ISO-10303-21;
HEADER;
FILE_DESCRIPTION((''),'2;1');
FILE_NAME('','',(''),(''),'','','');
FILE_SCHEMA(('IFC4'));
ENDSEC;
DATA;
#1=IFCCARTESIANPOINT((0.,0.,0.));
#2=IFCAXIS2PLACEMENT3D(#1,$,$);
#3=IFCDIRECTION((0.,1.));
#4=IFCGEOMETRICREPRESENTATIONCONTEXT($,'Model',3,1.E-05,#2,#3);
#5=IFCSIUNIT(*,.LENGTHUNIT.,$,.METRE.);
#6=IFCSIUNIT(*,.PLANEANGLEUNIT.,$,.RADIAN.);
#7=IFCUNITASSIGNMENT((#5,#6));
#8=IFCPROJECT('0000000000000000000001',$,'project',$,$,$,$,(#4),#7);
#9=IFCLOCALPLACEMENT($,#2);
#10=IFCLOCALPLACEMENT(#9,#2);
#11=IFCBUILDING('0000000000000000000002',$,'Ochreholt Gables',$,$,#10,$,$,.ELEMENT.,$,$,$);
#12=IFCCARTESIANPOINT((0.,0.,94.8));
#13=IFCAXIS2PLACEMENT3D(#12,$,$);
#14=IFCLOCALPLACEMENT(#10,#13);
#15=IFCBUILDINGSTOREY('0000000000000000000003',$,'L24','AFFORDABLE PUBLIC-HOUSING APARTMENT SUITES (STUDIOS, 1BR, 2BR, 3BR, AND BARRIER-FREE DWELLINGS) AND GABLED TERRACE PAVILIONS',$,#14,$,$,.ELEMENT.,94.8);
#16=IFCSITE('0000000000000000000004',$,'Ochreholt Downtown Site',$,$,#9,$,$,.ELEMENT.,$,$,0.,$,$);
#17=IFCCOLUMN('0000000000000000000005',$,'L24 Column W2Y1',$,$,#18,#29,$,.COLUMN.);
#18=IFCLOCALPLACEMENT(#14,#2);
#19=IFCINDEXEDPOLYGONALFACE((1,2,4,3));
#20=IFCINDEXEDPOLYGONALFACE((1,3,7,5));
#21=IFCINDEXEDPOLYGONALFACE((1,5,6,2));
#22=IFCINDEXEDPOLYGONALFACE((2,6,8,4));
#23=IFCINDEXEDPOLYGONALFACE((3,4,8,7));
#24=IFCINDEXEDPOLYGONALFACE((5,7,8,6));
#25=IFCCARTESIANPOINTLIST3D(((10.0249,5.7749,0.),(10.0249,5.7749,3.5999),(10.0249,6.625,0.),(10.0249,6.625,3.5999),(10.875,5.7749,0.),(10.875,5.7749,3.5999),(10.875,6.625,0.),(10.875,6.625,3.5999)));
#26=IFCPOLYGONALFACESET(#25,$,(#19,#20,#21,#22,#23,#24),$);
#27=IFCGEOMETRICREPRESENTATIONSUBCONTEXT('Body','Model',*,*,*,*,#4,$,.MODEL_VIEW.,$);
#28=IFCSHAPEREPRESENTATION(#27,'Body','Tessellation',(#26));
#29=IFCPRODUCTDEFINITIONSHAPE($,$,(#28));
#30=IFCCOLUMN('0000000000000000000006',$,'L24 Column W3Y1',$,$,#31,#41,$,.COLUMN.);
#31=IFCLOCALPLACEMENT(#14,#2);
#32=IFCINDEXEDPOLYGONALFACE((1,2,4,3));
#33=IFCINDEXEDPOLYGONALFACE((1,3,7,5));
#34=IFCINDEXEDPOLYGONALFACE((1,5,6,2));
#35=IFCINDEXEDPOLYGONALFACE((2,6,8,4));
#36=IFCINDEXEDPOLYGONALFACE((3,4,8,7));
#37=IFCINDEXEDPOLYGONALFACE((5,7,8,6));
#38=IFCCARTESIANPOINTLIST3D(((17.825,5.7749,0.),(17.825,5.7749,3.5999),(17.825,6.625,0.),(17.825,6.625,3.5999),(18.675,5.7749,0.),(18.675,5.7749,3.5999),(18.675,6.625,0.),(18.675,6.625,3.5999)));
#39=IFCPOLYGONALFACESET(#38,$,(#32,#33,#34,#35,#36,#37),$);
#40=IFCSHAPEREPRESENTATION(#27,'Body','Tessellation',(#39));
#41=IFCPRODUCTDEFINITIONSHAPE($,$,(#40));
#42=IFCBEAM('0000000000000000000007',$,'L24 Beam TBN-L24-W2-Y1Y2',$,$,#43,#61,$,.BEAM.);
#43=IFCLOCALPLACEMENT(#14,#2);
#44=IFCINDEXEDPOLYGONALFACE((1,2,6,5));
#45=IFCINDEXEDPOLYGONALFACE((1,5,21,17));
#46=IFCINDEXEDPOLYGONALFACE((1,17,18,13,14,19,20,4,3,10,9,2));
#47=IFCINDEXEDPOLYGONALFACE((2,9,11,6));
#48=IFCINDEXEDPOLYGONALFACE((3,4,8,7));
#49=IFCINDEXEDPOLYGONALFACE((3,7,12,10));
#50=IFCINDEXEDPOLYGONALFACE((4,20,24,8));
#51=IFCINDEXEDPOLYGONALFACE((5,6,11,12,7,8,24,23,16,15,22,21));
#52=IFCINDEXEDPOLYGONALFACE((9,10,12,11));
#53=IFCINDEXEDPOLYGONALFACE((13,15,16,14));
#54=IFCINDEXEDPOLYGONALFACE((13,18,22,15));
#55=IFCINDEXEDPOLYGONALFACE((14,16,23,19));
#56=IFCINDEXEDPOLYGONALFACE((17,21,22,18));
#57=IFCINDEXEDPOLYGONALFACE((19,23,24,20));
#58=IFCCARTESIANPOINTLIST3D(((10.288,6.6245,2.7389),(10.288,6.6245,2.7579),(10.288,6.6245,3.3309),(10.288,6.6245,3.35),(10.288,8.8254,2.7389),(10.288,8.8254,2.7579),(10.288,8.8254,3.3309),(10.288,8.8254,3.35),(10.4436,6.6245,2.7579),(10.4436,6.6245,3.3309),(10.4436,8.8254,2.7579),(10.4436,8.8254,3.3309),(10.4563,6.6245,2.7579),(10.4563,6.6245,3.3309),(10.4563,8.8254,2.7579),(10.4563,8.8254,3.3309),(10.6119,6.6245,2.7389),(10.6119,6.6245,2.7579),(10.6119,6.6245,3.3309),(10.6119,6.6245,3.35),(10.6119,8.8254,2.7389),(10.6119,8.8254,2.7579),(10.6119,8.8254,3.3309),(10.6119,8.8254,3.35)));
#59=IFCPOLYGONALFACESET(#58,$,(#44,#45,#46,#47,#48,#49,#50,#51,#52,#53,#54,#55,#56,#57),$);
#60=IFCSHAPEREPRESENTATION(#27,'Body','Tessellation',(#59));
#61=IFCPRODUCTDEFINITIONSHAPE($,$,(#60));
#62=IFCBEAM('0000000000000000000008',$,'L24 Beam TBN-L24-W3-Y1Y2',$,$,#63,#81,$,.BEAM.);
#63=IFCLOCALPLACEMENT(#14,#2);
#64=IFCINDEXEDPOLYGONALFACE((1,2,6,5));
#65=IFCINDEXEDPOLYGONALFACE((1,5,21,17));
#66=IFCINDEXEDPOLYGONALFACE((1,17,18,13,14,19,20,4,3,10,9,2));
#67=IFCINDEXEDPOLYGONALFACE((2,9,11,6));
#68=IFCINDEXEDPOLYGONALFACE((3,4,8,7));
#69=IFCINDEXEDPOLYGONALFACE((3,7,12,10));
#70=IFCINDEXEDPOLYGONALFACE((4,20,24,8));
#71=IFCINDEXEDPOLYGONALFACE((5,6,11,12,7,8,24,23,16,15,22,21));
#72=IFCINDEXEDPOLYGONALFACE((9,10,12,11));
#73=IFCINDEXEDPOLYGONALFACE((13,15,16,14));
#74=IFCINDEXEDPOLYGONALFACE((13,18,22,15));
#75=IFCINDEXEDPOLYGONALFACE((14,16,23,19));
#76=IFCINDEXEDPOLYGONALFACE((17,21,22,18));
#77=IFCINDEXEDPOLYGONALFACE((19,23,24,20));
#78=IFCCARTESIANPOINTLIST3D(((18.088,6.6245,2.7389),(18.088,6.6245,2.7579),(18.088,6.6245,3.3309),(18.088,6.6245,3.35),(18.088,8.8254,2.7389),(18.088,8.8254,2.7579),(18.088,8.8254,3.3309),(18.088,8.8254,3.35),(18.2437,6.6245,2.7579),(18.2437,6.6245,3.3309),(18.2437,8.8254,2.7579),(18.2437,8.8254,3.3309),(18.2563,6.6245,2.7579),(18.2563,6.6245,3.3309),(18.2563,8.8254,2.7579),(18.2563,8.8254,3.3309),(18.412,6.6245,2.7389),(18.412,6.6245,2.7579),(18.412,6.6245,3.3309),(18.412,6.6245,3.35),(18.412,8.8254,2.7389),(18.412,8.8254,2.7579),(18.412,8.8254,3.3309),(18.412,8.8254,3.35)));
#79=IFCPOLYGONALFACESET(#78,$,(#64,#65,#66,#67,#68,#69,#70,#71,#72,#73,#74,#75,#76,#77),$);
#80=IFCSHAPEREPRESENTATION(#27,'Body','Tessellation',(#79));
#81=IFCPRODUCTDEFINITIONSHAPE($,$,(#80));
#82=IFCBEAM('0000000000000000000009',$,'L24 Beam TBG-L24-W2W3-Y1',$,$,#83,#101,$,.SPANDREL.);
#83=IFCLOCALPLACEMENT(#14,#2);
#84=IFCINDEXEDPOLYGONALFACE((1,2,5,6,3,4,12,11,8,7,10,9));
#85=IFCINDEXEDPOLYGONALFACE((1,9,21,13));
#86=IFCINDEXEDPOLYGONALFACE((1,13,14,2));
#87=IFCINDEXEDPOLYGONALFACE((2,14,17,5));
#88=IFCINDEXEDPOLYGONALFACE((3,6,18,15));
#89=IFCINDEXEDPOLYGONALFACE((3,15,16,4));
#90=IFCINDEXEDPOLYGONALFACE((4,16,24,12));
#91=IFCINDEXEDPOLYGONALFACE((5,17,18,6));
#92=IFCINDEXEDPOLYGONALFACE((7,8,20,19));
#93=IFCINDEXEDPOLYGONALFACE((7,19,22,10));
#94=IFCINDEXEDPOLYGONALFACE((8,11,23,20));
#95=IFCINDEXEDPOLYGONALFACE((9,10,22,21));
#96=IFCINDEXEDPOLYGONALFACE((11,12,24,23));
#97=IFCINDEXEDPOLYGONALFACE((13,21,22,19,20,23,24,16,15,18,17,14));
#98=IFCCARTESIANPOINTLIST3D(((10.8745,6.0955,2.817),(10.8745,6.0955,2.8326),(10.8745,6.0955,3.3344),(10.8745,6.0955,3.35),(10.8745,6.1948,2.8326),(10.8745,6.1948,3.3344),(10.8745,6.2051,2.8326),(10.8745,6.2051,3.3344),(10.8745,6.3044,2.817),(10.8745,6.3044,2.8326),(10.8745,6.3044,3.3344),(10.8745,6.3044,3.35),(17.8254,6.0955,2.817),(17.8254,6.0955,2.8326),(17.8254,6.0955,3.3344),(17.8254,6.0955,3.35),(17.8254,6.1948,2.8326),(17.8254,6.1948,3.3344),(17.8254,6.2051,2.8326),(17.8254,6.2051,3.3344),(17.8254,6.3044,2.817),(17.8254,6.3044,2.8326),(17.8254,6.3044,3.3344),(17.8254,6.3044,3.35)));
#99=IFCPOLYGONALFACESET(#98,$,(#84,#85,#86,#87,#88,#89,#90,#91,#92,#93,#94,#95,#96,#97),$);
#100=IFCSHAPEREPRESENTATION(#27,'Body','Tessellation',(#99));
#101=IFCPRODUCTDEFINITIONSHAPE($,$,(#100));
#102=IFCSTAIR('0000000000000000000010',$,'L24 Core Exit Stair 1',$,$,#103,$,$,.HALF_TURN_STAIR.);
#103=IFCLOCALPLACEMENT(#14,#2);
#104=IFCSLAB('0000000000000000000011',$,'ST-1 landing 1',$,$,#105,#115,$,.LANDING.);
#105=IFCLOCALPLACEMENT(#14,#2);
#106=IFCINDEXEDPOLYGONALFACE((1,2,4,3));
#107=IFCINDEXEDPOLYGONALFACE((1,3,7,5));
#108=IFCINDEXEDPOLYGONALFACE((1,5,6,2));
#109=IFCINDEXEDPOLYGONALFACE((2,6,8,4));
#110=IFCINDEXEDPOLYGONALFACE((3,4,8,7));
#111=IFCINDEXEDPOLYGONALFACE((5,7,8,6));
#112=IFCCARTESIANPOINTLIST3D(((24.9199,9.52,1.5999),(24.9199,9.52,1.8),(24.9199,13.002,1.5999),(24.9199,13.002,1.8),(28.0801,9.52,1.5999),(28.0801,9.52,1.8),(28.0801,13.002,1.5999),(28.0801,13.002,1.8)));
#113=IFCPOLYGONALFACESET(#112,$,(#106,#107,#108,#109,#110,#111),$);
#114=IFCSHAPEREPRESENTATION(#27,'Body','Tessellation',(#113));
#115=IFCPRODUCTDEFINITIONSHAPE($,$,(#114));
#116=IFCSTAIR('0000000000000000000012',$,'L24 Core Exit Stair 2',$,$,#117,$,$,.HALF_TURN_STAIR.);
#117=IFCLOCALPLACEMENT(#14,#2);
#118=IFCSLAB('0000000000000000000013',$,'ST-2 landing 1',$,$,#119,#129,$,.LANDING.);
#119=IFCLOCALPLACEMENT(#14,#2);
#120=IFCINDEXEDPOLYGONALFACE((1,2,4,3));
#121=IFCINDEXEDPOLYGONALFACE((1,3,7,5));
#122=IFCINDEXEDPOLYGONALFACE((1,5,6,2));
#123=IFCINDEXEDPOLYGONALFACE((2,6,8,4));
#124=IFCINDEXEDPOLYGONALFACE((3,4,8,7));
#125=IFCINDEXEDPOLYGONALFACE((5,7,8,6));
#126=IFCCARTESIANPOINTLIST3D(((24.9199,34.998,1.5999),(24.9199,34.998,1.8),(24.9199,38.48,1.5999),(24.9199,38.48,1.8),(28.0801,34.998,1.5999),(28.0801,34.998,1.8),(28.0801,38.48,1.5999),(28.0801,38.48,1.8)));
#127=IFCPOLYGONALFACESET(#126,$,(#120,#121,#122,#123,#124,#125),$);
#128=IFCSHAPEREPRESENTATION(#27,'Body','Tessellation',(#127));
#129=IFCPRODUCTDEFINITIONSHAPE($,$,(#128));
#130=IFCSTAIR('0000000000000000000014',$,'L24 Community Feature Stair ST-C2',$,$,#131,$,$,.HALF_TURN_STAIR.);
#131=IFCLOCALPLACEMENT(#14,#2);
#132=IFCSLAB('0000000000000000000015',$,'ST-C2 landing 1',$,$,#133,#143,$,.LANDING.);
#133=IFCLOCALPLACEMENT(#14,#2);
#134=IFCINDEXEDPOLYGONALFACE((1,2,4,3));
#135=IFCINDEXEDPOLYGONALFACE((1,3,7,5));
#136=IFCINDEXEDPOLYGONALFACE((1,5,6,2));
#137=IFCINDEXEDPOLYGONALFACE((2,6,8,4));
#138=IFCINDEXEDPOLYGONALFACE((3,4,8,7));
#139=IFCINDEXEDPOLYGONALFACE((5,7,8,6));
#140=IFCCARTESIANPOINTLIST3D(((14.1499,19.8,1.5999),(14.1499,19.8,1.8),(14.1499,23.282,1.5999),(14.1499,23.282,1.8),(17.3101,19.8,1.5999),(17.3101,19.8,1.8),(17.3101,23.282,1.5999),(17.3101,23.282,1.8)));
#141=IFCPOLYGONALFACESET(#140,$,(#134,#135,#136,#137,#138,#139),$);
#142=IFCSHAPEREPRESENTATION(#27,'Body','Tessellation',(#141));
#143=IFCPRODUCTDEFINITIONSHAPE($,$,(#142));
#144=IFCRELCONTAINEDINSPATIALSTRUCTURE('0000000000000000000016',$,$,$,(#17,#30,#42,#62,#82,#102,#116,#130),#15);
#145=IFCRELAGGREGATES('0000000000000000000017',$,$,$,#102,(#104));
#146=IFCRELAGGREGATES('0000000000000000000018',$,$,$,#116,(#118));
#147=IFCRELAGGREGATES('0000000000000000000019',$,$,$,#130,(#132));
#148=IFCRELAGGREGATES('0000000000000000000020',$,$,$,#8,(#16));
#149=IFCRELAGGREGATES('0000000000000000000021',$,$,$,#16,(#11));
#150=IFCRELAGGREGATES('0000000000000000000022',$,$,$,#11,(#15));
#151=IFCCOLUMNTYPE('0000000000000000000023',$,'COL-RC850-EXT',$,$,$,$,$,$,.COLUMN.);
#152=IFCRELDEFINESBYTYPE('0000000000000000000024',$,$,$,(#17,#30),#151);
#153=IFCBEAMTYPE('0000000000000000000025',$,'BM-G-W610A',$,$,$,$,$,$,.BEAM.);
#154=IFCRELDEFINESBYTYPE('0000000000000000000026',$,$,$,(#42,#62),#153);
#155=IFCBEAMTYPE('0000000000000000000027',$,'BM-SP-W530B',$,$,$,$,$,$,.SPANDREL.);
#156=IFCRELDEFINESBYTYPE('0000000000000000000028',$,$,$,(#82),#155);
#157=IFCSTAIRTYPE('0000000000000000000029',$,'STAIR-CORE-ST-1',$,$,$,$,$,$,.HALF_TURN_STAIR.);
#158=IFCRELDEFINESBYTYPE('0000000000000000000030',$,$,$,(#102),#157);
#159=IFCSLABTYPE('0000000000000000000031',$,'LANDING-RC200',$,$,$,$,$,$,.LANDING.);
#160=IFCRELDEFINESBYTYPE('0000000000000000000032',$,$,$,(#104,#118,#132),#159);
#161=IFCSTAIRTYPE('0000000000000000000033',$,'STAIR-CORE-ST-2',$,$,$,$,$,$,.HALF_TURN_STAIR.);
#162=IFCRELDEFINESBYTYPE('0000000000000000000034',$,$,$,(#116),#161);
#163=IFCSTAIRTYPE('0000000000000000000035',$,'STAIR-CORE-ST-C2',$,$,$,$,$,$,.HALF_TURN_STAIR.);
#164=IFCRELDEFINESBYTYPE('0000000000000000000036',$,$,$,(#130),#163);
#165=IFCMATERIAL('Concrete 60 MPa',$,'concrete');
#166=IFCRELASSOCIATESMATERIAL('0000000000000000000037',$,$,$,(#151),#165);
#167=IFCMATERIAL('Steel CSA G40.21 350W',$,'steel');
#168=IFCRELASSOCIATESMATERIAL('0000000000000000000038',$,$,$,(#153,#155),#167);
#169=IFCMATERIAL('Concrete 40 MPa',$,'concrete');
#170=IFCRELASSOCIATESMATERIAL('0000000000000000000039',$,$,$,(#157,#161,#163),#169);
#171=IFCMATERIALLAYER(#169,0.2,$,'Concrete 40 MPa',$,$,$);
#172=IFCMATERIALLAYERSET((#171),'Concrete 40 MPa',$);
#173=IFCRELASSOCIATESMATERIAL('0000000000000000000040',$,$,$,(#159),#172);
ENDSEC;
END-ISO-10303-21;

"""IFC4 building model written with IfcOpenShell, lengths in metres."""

from ifc_helpers import new_model, si_unit, direction, frame, origin, origin_2d, place, context, subcontext, project, spatial, polyline, rectangle, i_section, outline, extrude, material, layer, layer_set, material_profile, profile_set, type_object, element, aggregate, save


model = new_model("IFC4")

# Units and contexts
model_context = context("Model", 3, precision=1e-05, world=origin(), true_north=direction((0.0, 1.0)))
body_context = subcontext(model_context, "Body", "Model", "MODEL_VIEW")
ifc_project = project(units=[si_unit("LENGTHUNIT", "METRE"), si_unit("PLANEANGLEUNIT", "RADIAN")], contexts=[model_context])

# Site, building, storey
site_placement = place(None, origin())
site = spatial("IfcSite", under=ifc_project, at=site_placement, Name="Ochreholt Downtown Site", CompositionType="ELEMENT", RefElevation=0.0)
building_placement = place(site_placement, origin())
building = spatial("IfcBuilding", under=site, at=building_placement, Name="Ochreholt Gables", CompositionType="ELEMENT")
storey_placement = place(building_placement, frame((0.0, 0.0, 94.8)))
storey = spatial("IfcBuildingStorey", under=building, at=storey_placement, Name="L24", Description="AFFORDABLE PUBLIC-HOUSING APARTMENT SUITES (STUDIOS, 1BR, 2BR, 3BR, AND BARRIER-FREE DWELLINGS) AND GABLED TERRACE PAVILIONS", CompositionType="ELEMENT", Elevation=94.8)

# Columns
ifc_material_1 = material(Name="Concrete 60 MPa", Category="concrete")
ifc_material_profile_1 = material_profile(ifc_material_1, rectangle(XDim=0.8501, YDim=0.8501, at=origin_2d()), Name="RC850X850")
ifc_profile_set_1 = profile_set([ifc_material_profile_1], Name="Concrete 60 MPa")
column_type = type_object("IfcColumnType", Name="COL-RC850-EXT", PredefinedType="COLUMN", material=ifc_profile_set_1)
for number, where, z_axis, x_axis, name in (
    (1, (10.45, 6.2, 0.0), (0.0, 0.0, 1.0), (1.0, 0.0, 0.0), "L24 Column W2Y1"),
    (2, (18.25, 6.2, 0.0), (0.0, 0.0, 1.0), (1.0, 0.0, 0.0), "L24 Column W3Y1"),
):
    element("IfcColumn", number, at=place(storey_placement, frame(where, z_axis=z_axis, x_axis=x_axis)), inside=storey, type_object=column_type, Name=name, PredefinedType="COLUMN", context=body_context, shape_type="SweptSolid", body=[
        extrude(rectangle(XDim=0.8501, YDim=0.8501, at=origin_2d()), origin(), (0.0, 0.0, 1.0), 3.5999),
    ])

# Beams
ifc_material_2 = material(Name="Steel CSA G40.21 350W", Category="steel")
ifc_material_profile_2 = material_profile(ifc_material_2, i_section(OverallWidth=0.324, OverallDepth=0.6111, WebThickness=0.0127, FlangeThickness=0.019, at=origin_2d()), Name="W610X155")
ifc_profile_set_2 = profile_set([ifc_material_profile_2], Name="Steel CSA G40.21 350W")
beam_type_1 = type_object("IfcBeamType", Name="BM-G-W610A", PredefinedType="BEAM", material=ifc_profile_set_2)
for number, where, z_axis, x_axis, name in (
    (3, (10.45, 6.6245, 3.0444), (0.0, 1.0, 0.0), (-1.0, 0.0, 0.0), "L24 Beam TBN-L24-W2-Y1Y2"),
    (4, (18.25, 6.6245, 3.0444), (0.0, 1.0, 0.0), (-1.0, 0.0, 0.0), "L24 Beam TBN-L24-W3-Y1Y2"),
):
    element("IfcBeam", number, at=place(storey_placement, frame(where, z_axis=z_axis, x_axis=x_axis)), inside=storey, type_object=beam_type_1, Name=name, PredefinedType="BEAM", context=body_context, shape_type="SweptSolid", body=[
        extrude(i_section(OverallWidth=0.324, OverallDepth=0.6111, WebThickness=0.0127, FlangeThickness=0.019, at=origin_2d()), origin(), (0.0, 0.0, 1.0), 2.2009),
    ])
ifc_material_profile_3 = material_profile(ifc_material_2, i_section(OverallWidth=0.209, OverallDepth=0.533, WebThickness=0.0103, FlangeThickness=0.0156, at=origin_2d()), Name="W530X92")
ifc_profile_set_3 = profile_set([ifc_material_profile_3], Name="Steel CSA G40.21 350W")
beam_type_2 = type_object("IfcBeamType", Name="BM-SP-W530B", PredefinedType="SPANDREL", material=ifc_profile_set_3)
beam_placement = place(storey_placement, frame((10.8745, 6.2, 3.0835), z_axis=(1.0, 0.0, 0.0), x_axis=(0.0, 1.0, 0.0)))
element("IfcBeam", 5, at=beam_placement, inside=storey, type_object=beam_type_2, Name="L24 Beam TBG-L24-W2W3-Y1", PredefinedType="SPANDREL", context=body_context, shape_type="SweptSolid", body=[
    extrude(i_section(OverallWidth=0.209, OverallDepth=0.533, WebThickness=0.0103, FlangeThickness=0.0156, at=origin_2d()), origin(), (0.0, 0.0, 1.0), 6.9509),
])

# Stairs, slabs
ifc_material_3 = material(Name="Concrete 40 MPa", Category="concrete")
stair_type_1 = type_object("IfcStairType", Name="STAIR-CORE-ST-1", PredefinedType="HALF_TURN_STAIR", material=ifc_material_3)
stair_1_placement = place(storey_placement, origin())
stair_1 = element("IfcStair", 6, at=stair_1_placement, inside=storey, type_object=stair_type_1, Name="L24 Core Exit Stair 1", PredefinedType="HALF_TURN_STAIR")
ifc_layer_1 = layer(ifc_material_3, 0.2, Name="Concrete 40 MPa")
ifc_layer_set_1 = layer_set([ifc_layer_1], Name="Concrete 40 MPa")
slab_type_1 = type_object("IfcSlabType", Name="LANDING-RC200", PredefinedType="LANDING", material=ifc_layer_set_1)
slab_1_placement = place(storey_placement, frame((0.0, 0.0, 1.5999)))
slab_1 = element("IfcSlab", 7, at=slab_1_placement, type_object=slab_type_1, Name="ST-1 landing 1", PredefinedType="LANDING", context=body_context, shape_type="SweptSolid", body=[
    extrude(outline(polyline([(24.9199, 13.002), (24.9199, 9.52), (28.0801, 9.52), (28.0801, 13.002), (24.9199, 13.002)])), origin(), (0.0, 0.0, 1.0), 0.2002),
])
aggregate(stair_1, [slab_1])
stair_type_2 = type_object("IfcStairType", Name="STAIR-CORE-ST-2", PredefinedType="HALF_TURN_STAIR", material=ifc_material_3)
stair_2_placement = place(storey_placement, origin())
stair_2 = element("IfcStair", 8, at=stair_2_placement, inside=storey, type_object=stair_type_2, Name="L24 Core Exit Stair 2", PredefinedType="HALF_TURN_STAIR")
slab_2_placement = place(storey_placement, frame((0.0, 0.0, 1.5999)))
slab_2 = element("IfcSlab", 9, at=slab_2_placement, type_object=slab_type_1, Name="ST-2 landing 1", PredefinedType="LANDING", context=body_context, shape_type="SweptSolid", body=[
    extrude(outline(polyline([(28.0801, 34.998), (28.0801, 38.48), (24.9199, 38.48), (24.9199, 34.998), (28.0801, 34.998)])), origin(), (0.0, 0.0, 1.0), 0.2002),
])
aggregate(stair_2, [slab_2])
stair_type_3 = type_object("IfcStairType", Name="STAIR-CORE-ST-C2", PredefinedType="HALF_TURN_STAIR", material=ifc_material_3)
stair_3_placement = place(storey_placement, origin())
stair_3 = element("IfcStair", 10, at=stair_3_placement, inside=storey, type_object=stair_type_3, Name="L24 Community Feature Stair ST-C2", PredefinedType="HALF_TURN_STAIR")
slab_3_placement = place(storey_placement, frame((0.0, 0.0, 1.5999)))
slab_3 = element("IfcSlab", 11, at=slab_3_placement, type_object=slab_type_1, Name="ST-C2 landing 1", PredefinedType="LANDING", context=body_context, shape_type="SweptSolid", body=[
    extrude(outline(polyline([(14.1499, 23.282), (14.1499, 19.8), (17.3101, 19.8), (17.3101, 23.282), (14.1499, 23.282)])), origin(), (0.0, 0.0, 1.0), 0.2002),
])
aggregate(stair_3, [slab_3])

save(model, "model.ifc")
